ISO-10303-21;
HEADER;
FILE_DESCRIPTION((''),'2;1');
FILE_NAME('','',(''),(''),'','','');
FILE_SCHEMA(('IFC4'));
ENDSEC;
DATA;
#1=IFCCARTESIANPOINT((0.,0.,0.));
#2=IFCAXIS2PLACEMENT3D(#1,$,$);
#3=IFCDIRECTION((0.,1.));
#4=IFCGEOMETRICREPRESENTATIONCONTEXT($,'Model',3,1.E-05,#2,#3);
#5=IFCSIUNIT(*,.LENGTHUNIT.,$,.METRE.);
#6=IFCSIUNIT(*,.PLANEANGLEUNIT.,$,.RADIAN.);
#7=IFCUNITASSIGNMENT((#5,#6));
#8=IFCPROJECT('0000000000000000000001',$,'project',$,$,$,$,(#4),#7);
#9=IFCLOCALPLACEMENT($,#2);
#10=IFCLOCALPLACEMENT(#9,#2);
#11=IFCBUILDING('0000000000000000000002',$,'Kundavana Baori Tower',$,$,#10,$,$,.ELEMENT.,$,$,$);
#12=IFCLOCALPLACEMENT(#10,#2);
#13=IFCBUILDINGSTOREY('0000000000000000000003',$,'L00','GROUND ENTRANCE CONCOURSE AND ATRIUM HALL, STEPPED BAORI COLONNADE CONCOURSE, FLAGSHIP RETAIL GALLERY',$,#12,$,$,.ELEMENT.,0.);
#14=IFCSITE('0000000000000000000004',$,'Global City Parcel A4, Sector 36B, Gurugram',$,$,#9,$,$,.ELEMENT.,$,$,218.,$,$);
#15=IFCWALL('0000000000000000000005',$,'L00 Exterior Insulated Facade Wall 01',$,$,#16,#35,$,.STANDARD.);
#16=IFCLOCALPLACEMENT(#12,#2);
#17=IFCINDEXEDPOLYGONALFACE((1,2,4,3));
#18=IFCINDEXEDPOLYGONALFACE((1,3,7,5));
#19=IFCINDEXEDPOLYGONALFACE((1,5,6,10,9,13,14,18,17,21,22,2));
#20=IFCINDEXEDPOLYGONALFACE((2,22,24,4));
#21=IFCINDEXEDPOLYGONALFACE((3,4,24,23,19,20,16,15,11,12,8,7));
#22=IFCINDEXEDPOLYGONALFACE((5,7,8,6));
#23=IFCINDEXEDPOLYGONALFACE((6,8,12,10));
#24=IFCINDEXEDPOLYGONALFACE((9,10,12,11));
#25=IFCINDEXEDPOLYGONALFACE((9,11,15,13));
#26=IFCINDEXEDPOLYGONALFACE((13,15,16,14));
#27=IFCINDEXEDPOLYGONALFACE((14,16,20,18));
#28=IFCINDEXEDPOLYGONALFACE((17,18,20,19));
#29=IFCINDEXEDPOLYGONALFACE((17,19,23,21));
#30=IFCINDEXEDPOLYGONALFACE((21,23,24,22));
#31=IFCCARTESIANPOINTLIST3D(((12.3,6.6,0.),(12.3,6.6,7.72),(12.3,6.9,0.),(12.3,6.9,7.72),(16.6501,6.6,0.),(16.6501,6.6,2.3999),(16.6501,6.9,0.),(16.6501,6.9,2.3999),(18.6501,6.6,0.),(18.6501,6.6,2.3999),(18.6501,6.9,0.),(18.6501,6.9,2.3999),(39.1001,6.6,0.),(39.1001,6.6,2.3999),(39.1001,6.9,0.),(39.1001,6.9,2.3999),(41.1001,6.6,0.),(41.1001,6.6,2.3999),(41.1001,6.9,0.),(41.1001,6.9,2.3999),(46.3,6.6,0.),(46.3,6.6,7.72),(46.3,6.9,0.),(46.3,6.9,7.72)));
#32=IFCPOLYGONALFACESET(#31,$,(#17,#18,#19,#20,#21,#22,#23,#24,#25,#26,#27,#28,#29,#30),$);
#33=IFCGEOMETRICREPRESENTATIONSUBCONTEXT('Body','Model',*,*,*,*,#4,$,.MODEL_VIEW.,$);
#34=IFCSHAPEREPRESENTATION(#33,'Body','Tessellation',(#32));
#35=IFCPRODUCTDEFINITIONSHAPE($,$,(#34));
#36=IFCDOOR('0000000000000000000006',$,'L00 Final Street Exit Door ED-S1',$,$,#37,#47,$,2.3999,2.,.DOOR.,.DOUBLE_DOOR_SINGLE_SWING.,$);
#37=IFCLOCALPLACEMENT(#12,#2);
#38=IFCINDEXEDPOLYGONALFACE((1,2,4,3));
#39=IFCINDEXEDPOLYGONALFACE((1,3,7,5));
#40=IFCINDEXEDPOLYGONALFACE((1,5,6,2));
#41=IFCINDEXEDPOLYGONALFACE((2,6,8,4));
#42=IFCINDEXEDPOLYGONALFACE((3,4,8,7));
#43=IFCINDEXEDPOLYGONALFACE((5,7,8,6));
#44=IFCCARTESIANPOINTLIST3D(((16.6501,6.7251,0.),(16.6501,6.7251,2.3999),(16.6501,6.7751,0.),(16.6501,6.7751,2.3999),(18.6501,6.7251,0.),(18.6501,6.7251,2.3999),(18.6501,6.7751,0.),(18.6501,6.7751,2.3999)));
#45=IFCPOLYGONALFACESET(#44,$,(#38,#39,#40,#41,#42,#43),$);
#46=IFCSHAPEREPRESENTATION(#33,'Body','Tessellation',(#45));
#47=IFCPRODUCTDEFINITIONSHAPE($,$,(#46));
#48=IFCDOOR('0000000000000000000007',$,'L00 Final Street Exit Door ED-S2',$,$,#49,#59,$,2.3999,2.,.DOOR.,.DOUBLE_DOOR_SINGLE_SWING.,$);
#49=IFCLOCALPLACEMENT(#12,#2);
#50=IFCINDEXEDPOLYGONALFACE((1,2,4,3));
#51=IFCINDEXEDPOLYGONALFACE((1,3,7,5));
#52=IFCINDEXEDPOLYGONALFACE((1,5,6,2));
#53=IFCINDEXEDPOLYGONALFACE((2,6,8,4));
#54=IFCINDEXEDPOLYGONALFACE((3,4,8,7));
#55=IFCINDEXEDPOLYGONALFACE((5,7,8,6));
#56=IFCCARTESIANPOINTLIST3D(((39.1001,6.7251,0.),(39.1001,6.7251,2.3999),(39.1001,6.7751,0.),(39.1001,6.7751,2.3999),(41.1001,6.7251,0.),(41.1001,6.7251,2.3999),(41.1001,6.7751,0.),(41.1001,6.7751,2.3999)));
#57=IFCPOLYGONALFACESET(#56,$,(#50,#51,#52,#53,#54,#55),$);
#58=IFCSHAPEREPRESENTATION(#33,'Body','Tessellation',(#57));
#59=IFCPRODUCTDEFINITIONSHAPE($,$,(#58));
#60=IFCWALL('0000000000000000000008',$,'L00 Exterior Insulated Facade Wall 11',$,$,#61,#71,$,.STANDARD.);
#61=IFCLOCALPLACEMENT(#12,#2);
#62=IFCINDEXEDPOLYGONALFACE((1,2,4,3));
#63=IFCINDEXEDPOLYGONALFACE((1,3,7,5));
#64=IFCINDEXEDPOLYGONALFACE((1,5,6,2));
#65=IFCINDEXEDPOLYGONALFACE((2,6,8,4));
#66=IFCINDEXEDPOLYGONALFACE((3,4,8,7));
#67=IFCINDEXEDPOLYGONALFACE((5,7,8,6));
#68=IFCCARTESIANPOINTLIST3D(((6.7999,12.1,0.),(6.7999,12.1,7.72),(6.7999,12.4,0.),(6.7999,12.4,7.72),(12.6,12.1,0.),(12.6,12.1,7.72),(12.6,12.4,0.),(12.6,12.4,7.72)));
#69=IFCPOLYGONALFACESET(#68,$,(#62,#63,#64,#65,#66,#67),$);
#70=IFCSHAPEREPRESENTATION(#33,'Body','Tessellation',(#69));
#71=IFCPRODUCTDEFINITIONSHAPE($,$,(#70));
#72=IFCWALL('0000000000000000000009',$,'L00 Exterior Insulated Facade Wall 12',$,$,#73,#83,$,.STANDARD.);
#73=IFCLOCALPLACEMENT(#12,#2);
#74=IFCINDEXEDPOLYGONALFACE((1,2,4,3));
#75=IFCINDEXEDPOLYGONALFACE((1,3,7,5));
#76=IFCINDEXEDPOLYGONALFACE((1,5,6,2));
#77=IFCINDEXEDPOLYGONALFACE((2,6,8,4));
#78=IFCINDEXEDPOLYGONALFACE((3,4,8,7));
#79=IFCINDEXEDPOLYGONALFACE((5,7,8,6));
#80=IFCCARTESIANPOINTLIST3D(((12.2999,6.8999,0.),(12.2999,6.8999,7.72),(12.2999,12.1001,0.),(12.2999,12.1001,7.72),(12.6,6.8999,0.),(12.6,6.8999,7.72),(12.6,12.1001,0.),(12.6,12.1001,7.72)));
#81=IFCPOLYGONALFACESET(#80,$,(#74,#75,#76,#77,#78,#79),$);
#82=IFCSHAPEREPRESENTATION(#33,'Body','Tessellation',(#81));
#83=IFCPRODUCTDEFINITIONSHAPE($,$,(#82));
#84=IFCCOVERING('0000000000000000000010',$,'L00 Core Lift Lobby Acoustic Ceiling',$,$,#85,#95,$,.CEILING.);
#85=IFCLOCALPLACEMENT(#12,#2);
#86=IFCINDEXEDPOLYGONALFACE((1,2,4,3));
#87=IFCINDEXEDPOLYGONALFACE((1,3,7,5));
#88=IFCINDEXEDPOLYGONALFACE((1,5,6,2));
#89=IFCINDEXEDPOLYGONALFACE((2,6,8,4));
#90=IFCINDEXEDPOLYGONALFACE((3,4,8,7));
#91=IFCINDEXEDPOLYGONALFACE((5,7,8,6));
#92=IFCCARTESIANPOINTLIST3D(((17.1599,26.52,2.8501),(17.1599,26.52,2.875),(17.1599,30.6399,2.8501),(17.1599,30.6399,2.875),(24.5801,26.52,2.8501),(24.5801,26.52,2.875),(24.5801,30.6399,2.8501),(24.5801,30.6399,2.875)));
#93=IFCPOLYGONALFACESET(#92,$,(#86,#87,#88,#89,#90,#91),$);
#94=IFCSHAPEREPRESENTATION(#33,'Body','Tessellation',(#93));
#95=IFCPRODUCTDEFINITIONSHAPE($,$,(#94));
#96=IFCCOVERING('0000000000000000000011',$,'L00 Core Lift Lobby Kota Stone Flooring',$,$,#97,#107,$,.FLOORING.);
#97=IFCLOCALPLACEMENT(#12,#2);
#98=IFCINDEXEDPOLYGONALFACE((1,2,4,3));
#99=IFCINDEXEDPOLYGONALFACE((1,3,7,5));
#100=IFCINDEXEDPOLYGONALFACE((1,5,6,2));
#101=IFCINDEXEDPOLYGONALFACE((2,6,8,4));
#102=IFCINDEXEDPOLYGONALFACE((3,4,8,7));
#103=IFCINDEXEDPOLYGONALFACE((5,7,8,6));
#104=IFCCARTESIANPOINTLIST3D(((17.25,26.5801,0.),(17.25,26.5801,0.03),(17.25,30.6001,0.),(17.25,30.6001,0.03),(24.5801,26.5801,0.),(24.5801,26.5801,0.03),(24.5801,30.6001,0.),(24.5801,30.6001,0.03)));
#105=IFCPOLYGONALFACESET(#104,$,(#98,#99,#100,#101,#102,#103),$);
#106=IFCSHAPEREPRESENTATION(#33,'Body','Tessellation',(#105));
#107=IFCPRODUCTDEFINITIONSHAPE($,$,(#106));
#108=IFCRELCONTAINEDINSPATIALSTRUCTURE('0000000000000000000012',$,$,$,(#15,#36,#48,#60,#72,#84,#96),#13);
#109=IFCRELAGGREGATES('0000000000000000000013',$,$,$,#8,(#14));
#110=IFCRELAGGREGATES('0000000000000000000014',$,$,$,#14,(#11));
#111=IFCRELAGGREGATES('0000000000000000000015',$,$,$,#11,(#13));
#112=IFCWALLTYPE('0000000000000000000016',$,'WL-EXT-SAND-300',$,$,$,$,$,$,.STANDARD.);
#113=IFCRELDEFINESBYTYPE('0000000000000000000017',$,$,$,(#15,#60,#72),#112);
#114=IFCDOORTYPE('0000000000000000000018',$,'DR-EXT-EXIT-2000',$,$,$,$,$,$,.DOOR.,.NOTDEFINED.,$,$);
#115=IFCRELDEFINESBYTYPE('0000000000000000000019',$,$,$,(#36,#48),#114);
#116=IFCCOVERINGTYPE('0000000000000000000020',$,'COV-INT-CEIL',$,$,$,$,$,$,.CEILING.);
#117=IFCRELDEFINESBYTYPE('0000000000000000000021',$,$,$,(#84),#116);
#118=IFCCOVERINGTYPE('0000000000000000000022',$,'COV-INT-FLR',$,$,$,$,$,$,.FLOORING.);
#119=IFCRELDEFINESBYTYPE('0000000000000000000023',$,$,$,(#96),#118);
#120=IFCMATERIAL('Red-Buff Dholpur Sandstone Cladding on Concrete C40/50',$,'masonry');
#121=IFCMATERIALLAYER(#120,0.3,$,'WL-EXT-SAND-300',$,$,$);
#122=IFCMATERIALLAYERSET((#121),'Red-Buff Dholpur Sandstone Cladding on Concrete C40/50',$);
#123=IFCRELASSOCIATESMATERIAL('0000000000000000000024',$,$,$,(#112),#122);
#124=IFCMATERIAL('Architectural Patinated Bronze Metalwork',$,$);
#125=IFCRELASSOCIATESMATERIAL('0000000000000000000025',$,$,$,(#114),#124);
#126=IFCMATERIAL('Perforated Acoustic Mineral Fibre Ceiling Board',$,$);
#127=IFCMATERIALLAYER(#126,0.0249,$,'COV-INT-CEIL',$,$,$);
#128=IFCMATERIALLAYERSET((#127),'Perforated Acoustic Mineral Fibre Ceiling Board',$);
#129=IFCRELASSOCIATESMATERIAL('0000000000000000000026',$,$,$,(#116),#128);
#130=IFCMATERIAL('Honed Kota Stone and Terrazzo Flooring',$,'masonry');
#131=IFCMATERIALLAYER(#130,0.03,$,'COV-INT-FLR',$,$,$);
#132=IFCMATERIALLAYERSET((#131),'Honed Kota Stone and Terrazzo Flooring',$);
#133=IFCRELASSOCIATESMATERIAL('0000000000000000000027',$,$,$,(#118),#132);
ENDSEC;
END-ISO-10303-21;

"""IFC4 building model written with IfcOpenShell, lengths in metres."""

from ifc_helpers import new_model, si_unit, direction, frame, frame_2d, origin, place, context, subcontext, project, spatial, polyline, rectangle, outline, extrude, material, layer, layer_set, type_object, element, fill, save


model = new_model("IFC4")

# Units and contexts
model_context = context("Model", 3, precision=1e-05, world=origin(), true_north=direction((0.0, 1.0)))
body_context = subcontext(model_context, "Body", "Model", "MODEL_VIEW")
ifc_project = project(units=[si_unit("LENGTHUNIT", "METRE"), si_unit("PLANEANGLEUNIT", "RADIAN")], contexts=[model_context])

# Site, building, storey
site_placement = place(None, origin())
site = spatial("IfcSite", under=ifc_project, at=site_placement, Name="Global City Parcel A4, Sector 36B, Gurugram", CompositionType="ELEMENT", RefElevation=218.0)
building_placement = place(site_placement, origin())
building = spatial("IfcBuilding", under=site, at=building_placement, Name="Kundavana Baori Tower", CompositionType="ELEMENT")
storey_placement = place(building_placement, origin())
storey = spatial("IfcBuildingStorey", under=building, at=storey_placement, Name="L00", Description="GROUND ENTRANCE CONCOURSE AND ATRIUM HALL, STEPPED BAORI COLONNADE CONCOURSE, FLAGSHIP RETAIL GALLERY", CompositionType="ELEMENT", Elevation=0.0)

# Wall, openings, doors
ifc_material_1 = material(Name="Red-Buff Dholpur Sandstone Cladding on Concrete C40/50", Category="masonry")
ifc_layer_1 = layer(ifc_material_1, 0.3, Name="WL-EXT-SAND-300")
ifc_layer_set_1 = layer_set([ifc_layer_1], Name="Red-Buff Dholpur Sandstone Cladding on Concrete C40/50")
wall_type_1 = type_object("IfcWallType", Name="WL-EXT-SAND-300", PredefinedType="STANDARD", material=ifc_layer_set_1)
wall_1_placement = place(storey_placement, frame((12.3, 6.75, 0.0), z_axis=(0.0, 0.0, 1.0), x_axis=(1.0, 0.0, 0.0)))
wall_1 = element("IfcWall", 1, at=wall_1_placement, inside=storey, type_object=wall_type_1, Name="L00 Exterior Insulated Facade Wall 01", PredefinedType="STANDARD", context=body_context, shape_type="SweptSolid", body=[
    extrude(rectangle(XDim=34.0, YDim=0.3, at=frame_2d((17.0, 0.0))), origin(), (0.0, 0.0, 1.0), 7.72),
])
opening_1_placement = place(wall_1_placement, frame((4.3501, 0.0, 0.0)))
opening_1 = element("IfcOpeningElement", 2, at=opening_1_placement, cuts=wall_1, PredefinedType="OPENING", context=body_context, shape_type="SweptSolid", body=[
    extrude(rectangle(XDim=2.0, YDim=2.3999, at=frame_2d((1.0, 1.2))), frame((0.0, 0.1602, 0.0), z_axis=(0.0, -1.0, 0.0), x_axis=(1.0, 0.0, 0.0)), (0.0, 0.0, 1.0), 0.3201),
])
opening_2_placement = place(wall_1_placement, frame((26.8, 0.0, 0.0)))
opening_2 = element("IfcOpeningElement", 3, at=opening_2_placement, cuts=wall_1, PredefinedType="OPENING", context=body_context, shape_type="SweptSolid", body=[
    extrude(rectangle(XDim=2.0, YDim=2.3999, at=frame_2d((1.0, 1.2))), frame((0.0, 0.1602, 0.0), z_axis=(0.0, -1.0, 0.0), x_axis=(1.0, 0.0, 0.0)), (0.0, 0.0, 1.0), 0.3201),
])
ifc_material_2 = material(Name="Architectural Patinated Bronze Metalwork")
door_type_1 = type_object("IfcDoorType", Name="DR-EXT-EXIT-2000", OperationType="NOTDEFINED", PredefinedType="DOOR", material=ifc_material_2)
door_1_placement = place(opening_1_placement, frame((2.0, 0.0, 0.0), z_axis=(0.0, 0.0, 1.0), x_axis=(-1.0, 0.0, 0.0)))
door_1 = element("IfcDoor", 4, at=door_1_placement, inside=storey, type_object=door_type_1, Name="L00 Final Street Exit Door ED-S1", OperationType="DOUBLE_DOOR_SINGLE_SWING", OverallHeight=2.3999, OverallWidth=2.0, PredefinedType="DOOR", context=body_context, shape_type="SweptSolid", body=[
    extrude(rectangle(XDim=2.0, YDim=2.3999, at=frame_2d((1.0, 1.2))), frame((0.0, 0.0249, 0.0), z_axis=(0.0, -1.0, 0.0), x_axis=(1.0, 0.0, 0.0)), (0.0, 0.0, 1.0), 0.05),
])
fill(opening_1, door_1)
door_2_placement = place(opening_2_placement, frame((2.0, 0.0, 0.0), z_axis=(0.0, 0.0, 1.0), x_axis=(-1.0, 0.0, 0.0)))
door_2 = element("IfcDoor", 5, at=door_2_placement, inside=storey, type_object=door_type_1, Name="L00 Final Street Exit Door ED-S2", OperationType="DOUBLE_DOOR_SINGLE_SWING", OverallHeight=2.3999, OverallWidth=2.0, PredefinedType="DOOR", context=body_context, shape_type="SweptSolid", body=[
    extrude(rectangle(XDim=2.0, YDim=2.3999, at=frame_2d((1.0, 1.2))), frame((0.0, 0.0249, 0.0), z_axis=(0.0, -1.0, 0.0), x_axis=(1.0, 0.0, 0.0)), (0.0, 0.0, 1.0), 0.05),
])
fill(opening_2, door_2)

# Walls
wall_2_placement = place(storey_placement, frame((6.8, 12.25, 0.0), z_axis=(0.0, 0.0, 1.0), x_axis=(1.0, 0.0, 0.0)))
element("IfcWall", 6, at=wall_2_placement, inside=storey, type_object=wall_type_1, Name="L00 Exterior Insulated Facade Wall 11", PredefinedType="STANDARD", context=body_context, shape_type="SweptSolid", body=[
    extrude(rectangle(XDim=5.8, YDim=0.3, at=frame_2d((2.8999, 0.0))), origin(), (0.0, 0.0, 1.0), 7.72),
])
wall_3_placement = place(storey_placement, frame((12.45, 12.1001, 0.0), z_axis=(0.0, 0.0, 1.0), x_axis=(0.0, -1.0, 0.0)))
element("IfcWall", 7, at=wall_3_placement, inside=storey, type_object=wall_type_1, Name="L00 Exterior Insulated Facade Wall 12", PredefinedType="STANDARD", context=body_context, shape_type="SweptSolid", body=[
    extrude(rectangle(XDim=5.2002, YDim=0.3, at=frame_2d((2.6001, 0.0))), origin(), (0.0, 0.0, 1.0), 7.72),
])

# Coverings
ifc_material_3 = material(Name="Perforated Acoustic Mineral Fibre Ceiling Board")
ifc_layer_2 = layer(ifc_material_3, 0.0249, Name="COV-INT-CEIL")
ifc_layer_set_2 = layer_set([ifc_layer_2], Name="Perforated Acoustic Mineral Fibre Ceiling Board")
covering_type_1 = type_object("IfcCoveringType", Name="COV-INT-CEIL", PredefinedType="CEILING", material=ifc_layer_set_2)
covering_1_placement = place(storey_placement, frame((0.0, 0.0, 2.8501)))
element("IfcCovering", 8, at=covering_1_placement, inside=storey, type_object=covering_type_1, Name="L00 Core Lift Lobby Acoustic Ceiling", PredefinedType="CEILING", context=body_context, shape_type="SweptSolid", body=[
    extrude(outline(polyline([(17.1599, 26.52), (24.5801, 26.52), (24.5801, 30.6399), (17.1599, 30.6399), (17.1599, 26.52)])), origin(), (0.0, 0.0, 1.0), 0.0249),
])
ifc_material_4 = material(Name="Honed Kota Stone and Terrazzo Flooring", Category="masonry")
ifc_layer_3 = layer(ifc_material_4, 0.03, Name="COV-INT-FLR")
ifc_layer_set_3 = layer_set([ifc_layer_3], Name="Honed Kota Stone and Terrazzo Flooring")
covering_type_2 = type_object("IfcCoveringType", Name="COV-INT-FLR", PredefinedType="FLOORING", material=ifc_layer_set_3)
covering_2_placement = place(storey_placement, origin())
element("IfcCovering", 9, at=covering_2_placement, inside=storey, type_object=covering_type_2, Name="L00 Core Lift Lobby Kota Stone Flooring", PredefinedType="FLOORING", context=body_context, shape_type="SweptSolid", body=[
    extrude(outline(polyline([(17.25, 26.5801), (24.5801, 26.5801), (24.5801, 30.6001), (17.25, 30.6001), (17.25, 26.5801)])), origin(), (0.0, 0.0, 1.0), 0.03),
])

save(model, "model.ifc")
